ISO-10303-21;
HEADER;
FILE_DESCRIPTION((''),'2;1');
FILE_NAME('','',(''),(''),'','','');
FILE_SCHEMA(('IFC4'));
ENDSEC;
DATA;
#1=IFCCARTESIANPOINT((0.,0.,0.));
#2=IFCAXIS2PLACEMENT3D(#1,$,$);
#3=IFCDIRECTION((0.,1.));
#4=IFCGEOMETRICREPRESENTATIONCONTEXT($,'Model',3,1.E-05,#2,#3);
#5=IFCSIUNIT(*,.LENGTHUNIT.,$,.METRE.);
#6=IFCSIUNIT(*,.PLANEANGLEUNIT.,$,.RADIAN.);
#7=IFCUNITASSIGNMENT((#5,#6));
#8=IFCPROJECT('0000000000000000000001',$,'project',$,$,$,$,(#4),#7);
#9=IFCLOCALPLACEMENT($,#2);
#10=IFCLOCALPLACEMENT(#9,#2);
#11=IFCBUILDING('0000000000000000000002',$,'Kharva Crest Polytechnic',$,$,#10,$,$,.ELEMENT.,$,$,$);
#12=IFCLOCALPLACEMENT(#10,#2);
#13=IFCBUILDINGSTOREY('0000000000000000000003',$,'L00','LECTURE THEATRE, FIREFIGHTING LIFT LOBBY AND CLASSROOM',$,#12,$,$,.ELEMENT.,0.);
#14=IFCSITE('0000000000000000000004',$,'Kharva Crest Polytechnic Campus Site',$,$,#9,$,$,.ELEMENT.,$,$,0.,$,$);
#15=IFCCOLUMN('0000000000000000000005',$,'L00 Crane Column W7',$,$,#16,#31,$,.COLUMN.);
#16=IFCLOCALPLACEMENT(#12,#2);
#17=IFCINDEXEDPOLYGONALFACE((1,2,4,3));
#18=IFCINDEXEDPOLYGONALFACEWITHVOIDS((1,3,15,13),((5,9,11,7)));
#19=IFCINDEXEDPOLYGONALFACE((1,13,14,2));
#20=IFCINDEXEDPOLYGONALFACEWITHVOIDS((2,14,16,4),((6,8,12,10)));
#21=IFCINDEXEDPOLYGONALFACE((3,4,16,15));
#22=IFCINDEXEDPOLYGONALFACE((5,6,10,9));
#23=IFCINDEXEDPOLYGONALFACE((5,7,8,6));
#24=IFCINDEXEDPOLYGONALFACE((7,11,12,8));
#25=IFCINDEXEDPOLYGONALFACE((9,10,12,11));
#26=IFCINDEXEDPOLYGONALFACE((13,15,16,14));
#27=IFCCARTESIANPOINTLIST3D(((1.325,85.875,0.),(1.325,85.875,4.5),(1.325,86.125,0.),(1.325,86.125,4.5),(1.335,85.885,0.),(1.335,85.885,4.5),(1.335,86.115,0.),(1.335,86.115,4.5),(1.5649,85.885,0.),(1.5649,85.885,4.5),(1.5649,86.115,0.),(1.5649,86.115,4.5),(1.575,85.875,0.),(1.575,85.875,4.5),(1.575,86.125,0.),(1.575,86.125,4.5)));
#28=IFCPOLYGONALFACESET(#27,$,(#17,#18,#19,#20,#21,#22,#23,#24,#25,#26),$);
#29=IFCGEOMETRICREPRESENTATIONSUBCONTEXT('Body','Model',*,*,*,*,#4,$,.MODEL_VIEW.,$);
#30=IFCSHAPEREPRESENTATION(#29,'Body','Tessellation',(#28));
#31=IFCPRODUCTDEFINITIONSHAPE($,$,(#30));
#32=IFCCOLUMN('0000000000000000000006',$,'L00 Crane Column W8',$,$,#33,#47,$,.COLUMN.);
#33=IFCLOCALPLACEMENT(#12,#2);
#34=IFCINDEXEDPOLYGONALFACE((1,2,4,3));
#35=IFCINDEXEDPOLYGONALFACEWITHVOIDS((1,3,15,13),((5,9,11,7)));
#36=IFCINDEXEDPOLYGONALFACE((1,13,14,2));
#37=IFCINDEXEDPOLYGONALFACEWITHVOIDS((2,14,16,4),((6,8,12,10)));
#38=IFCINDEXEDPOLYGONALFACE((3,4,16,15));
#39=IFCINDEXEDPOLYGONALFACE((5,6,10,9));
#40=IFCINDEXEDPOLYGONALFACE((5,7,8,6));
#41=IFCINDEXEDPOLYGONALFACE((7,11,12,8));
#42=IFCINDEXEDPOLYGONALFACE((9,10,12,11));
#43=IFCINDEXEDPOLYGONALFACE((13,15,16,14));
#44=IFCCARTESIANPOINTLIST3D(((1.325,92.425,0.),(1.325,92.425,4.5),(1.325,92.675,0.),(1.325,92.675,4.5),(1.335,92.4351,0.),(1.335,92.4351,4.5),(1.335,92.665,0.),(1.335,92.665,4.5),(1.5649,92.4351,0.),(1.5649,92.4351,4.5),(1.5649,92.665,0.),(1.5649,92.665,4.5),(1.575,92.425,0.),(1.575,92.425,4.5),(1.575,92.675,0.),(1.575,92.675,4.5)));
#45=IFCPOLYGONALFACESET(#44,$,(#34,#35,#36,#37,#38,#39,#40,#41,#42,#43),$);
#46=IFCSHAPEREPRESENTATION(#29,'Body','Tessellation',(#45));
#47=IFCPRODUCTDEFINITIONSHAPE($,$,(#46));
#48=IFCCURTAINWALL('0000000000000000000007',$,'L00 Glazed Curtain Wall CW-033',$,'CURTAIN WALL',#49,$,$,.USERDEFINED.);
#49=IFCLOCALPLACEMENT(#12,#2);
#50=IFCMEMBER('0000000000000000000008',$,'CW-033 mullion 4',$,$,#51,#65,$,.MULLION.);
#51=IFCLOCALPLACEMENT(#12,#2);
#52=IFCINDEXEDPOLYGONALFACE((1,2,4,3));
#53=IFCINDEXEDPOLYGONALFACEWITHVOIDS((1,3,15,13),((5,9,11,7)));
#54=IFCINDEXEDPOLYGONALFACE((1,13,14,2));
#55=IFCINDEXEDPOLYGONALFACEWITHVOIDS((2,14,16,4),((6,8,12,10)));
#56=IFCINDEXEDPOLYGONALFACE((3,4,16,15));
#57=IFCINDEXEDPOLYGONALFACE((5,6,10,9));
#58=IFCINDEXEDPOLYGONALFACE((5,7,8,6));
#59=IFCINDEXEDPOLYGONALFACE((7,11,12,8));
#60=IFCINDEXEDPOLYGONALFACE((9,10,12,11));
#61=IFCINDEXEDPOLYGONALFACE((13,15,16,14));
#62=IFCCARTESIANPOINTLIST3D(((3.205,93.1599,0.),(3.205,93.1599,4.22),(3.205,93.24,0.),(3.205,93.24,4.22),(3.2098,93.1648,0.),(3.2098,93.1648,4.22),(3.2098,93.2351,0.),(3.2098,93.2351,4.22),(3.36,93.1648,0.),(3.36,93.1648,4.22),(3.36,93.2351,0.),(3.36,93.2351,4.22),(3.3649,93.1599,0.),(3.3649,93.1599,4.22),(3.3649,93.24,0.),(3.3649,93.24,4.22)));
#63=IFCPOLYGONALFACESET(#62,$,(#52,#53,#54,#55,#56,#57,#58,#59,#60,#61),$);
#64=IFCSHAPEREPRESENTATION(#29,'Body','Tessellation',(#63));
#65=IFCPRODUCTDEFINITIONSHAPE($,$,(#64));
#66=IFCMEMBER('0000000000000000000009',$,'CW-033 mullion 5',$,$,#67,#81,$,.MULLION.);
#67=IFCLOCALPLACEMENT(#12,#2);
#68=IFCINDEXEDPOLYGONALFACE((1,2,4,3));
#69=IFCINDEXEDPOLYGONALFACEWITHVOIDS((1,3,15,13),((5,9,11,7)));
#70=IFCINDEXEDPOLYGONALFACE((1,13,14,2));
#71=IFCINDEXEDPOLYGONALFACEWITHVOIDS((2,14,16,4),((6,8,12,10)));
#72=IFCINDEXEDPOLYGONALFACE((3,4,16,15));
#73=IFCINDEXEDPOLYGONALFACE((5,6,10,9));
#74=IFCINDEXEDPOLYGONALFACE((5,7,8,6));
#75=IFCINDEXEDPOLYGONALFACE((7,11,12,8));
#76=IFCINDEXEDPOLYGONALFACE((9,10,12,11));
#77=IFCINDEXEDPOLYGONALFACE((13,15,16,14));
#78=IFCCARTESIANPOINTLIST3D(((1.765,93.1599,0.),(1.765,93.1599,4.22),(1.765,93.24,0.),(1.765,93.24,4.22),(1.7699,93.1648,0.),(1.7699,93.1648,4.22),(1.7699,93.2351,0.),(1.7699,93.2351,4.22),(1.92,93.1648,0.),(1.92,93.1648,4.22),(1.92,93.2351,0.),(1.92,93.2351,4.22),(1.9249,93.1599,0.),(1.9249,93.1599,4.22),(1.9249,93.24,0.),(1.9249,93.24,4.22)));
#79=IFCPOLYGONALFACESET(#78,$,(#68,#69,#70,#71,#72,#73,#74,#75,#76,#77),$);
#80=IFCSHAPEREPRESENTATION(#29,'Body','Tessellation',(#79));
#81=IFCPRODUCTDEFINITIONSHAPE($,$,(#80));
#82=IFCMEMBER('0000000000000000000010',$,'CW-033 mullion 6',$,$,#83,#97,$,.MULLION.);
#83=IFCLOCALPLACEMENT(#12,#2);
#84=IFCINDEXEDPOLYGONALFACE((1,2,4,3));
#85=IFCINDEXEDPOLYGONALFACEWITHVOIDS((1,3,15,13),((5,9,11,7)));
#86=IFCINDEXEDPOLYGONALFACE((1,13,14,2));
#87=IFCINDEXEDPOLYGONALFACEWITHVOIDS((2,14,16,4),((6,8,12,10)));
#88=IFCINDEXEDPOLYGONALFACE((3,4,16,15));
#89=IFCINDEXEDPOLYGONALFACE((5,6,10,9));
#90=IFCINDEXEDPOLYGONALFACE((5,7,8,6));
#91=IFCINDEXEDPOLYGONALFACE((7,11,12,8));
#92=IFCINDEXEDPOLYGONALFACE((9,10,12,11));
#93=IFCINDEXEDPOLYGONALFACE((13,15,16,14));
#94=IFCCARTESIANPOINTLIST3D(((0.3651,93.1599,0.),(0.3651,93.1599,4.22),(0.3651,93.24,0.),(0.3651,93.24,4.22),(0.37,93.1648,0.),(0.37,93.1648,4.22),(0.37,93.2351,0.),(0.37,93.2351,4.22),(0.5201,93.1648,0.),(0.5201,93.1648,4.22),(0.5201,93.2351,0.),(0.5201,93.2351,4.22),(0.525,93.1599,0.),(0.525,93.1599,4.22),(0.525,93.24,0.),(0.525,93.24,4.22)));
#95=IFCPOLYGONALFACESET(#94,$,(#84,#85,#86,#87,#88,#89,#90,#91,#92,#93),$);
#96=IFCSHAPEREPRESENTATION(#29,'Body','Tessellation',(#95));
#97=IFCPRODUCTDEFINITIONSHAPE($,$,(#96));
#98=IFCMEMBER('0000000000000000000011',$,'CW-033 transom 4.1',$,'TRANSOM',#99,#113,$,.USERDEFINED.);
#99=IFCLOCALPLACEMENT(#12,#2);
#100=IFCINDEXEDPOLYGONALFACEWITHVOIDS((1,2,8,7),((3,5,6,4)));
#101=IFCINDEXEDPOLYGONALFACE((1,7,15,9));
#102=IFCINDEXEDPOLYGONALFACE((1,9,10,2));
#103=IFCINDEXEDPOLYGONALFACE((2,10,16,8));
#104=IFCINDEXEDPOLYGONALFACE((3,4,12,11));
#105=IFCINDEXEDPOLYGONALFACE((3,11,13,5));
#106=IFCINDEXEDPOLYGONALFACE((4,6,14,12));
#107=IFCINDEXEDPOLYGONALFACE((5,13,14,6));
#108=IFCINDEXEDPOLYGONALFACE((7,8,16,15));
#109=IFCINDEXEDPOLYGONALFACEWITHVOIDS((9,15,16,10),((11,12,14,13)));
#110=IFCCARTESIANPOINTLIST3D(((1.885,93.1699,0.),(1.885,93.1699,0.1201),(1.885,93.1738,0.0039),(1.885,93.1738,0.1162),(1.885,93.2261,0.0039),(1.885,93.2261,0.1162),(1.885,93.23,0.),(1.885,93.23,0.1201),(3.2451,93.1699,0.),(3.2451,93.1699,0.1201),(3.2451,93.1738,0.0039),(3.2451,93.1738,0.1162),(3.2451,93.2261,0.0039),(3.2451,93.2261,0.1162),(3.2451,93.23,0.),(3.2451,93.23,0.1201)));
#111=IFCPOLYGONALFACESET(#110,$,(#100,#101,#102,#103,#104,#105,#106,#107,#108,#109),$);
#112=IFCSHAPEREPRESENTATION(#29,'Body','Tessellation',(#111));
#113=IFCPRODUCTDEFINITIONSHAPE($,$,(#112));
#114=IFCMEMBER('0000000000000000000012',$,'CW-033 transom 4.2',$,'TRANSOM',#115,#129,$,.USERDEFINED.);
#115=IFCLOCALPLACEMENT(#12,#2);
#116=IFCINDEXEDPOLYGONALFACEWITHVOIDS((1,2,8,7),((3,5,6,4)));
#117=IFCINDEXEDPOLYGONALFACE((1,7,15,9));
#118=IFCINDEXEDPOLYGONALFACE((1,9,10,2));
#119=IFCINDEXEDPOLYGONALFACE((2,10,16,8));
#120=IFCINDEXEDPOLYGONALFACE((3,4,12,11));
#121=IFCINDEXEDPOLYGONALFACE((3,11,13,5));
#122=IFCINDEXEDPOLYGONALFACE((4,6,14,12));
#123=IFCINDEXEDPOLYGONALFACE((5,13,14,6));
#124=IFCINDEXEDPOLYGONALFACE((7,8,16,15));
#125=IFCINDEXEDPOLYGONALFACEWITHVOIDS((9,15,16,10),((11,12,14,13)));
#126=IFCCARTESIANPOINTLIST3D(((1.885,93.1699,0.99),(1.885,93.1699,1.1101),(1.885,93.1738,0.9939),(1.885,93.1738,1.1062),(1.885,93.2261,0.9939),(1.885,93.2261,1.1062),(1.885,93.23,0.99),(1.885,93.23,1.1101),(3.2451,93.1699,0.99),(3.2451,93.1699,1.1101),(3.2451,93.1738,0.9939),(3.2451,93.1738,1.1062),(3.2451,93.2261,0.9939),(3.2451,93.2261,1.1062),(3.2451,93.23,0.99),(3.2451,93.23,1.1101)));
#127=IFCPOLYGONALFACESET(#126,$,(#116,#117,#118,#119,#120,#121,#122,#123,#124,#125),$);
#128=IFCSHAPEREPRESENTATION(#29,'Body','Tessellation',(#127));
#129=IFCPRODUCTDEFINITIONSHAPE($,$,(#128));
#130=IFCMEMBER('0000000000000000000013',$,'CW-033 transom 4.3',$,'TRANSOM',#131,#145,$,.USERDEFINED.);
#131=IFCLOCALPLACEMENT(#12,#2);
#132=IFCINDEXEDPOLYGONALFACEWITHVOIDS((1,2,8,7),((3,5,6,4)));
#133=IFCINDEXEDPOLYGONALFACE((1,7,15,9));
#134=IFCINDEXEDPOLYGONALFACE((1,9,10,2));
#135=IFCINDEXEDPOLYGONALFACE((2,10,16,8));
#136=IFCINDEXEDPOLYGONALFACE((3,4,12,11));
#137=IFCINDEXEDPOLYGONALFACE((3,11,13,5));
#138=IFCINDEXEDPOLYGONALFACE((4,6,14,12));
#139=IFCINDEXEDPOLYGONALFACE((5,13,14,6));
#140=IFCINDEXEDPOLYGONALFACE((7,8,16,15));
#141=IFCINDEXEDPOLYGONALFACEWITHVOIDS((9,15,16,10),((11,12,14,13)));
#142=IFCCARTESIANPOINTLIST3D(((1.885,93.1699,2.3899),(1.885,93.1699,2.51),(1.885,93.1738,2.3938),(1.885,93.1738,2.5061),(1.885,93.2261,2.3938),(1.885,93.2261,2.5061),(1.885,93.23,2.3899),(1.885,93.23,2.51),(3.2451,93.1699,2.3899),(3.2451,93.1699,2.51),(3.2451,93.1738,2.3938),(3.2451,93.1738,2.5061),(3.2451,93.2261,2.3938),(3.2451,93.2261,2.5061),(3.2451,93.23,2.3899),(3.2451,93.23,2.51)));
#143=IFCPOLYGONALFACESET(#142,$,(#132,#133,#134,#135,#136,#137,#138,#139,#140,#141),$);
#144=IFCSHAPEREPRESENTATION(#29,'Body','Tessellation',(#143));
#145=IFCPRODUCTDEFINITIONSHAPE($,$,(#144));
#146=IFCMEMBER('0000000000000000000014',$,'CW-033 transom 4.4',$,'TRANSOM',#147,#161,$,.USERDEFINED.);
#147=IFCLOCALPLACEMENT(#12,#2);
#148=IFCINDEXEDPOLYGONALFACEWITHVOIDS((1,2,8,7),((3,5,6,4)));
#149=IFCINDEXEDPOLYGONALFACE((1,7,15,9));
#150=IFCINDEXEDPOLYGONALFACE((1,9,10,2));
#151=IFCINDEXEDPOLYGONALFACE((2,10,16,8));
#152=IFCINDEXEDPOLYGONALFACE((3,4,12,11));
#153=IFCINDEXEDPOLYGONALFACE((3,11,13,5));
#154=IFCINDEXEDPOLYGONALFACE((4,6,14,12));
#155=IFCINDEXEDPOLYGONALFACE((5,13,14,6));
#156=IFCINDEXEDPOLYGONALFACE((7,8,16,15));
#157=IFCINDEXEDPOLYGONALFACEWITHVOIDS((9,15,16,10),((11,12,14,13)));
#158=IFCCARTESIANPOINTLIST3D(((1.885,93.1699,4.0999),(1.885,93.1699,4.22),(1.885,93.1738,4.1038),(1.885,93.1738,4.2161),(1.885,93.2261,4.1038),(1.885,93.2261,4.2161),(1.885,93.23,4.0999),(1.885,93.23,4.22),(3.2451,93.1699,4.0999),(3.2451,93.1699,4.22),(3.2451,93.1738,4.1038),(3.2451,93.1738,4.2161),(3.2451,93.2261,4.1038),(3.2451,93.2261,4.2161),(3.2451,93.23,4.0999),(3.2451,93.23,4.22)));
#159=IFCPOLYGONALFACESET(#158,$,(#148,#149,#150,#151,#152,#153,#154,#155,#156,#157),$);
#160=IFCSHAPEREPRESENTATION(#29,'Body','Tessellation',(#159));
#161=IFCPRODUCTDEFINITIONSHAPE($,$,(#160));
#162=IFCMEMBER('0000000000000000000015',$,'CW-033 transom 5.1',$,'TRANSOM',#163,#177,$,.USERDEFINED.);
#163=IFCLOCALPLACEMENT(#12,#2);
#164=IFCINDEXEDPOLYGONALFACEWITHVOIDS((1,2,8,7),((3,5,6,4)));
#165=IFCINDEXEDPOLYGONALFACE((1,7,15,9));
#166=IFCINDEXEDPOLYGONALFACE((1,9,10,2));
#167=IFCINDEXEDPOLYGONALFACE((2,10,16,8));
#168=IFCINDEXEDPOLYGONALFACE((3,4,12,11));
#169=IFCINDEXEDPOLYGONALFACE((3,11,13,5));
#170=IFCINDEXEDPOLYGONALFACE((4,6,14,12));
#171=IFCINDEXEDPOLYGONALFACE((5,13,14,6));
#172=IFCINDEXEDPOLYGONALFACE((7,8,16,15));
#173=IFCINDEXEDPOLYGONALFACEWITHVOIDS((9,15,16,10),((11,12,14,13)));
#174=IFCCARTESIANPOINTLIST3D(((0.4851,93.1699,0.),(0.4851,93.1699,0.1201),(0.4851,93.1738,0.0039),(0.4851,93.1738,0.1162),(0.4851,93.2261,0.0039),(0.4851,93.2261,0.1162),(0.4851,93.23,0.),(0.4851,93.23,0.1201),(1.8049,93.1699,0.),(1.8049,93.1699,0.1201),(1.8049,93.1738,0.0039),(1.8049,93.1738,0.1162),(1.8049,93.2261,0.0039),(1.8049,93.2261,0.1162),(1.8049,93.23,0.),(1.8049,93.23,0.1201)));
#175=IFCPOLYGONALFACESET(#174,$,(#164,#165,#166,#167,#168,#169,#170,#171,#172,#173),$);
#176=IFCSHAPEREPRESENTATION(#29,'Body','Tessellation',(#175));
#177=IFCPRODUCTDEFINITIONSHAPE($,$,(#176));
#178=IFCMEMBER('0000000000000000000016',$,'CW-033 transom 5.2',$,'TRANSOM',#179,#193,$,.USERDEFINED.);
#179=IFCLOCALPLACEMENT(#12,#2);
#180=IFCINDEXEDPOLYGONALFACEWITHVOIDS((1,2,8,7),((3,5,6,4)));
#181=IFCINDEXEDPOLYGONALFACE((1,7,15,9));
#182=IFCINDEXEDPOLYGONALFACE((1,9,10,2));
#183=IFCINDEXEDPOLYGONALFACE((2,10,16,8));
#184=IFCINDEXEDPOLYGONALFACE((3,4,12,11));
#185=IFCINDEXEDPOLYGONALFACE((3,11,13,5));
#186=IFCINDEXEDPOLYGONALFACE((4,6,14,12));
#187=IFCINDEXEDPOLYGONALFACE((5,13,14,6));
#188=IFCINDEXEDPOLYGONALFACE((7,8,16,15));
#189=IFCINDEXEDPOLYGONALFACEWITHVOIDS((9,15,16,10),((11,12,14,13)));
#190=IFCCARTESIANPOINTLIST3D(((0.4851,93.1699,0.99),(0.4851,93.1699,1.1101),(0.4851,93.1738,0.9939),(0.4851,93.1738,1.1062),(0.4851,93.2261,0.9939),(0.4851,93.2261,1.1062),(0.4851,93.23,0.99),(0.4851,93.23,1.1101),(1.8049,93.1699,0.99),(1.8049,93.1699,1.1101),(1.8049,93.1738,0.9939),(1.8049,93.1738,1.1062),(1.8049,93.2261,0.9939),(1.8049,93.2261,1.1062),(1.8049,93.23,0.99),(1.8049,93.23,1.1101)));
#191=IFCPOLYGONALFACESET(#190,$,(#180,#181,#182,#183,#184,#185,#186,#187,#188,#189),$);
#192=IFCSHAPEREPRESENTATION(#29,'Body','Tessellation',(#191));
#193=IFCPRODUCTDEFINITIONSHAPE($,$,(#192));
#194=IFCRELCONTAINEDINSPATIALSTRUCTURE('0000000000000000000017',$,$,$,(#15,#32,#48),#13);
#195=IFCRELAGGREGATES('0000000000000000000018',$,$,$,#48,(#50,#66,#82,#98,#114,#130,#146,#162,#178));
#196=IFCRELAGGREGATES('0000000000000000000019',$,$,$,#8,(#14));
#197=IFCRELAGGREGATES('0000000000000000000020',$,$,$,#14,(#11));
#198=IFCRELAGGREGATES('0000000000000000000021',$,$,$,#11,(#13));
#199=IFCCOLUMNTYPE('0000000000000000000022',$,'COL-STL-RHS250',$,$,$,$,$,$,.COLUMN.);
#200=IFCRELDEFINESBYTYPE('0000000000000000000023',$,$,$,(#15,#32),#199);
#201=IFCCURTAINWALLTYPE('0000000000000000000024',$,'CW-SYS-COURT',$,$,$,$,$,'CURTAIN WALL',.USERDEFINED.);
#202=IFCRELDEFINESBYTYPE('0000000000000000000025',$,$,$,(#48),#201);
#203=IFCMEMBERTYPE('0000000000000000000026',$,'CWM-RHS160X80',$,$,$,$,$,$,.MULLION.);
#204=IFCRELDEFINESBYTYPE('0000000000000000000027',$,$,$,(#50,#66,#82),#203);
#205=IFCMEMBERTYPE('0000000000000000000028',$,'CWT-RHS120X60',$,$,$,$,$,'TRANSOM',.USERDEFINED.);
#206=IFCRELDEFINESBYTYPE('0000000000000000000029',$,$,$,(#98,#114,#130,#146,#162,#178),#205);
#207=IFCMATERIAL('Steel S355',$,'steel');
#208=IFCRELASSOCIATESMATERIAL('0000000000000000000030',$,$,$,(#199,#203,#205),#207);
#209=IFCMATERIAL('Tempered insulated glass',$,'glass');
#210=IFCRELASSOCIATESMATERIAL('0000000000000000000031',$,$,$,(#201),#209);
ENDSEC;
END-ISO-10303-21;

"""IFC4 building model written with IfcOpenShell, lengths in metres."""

from ifc_helpers import new_model, si_unit, direction, frame, origin, origin_2d, place, context, subcontext, project, spatial, hollow_rectangle, extrude, material, material_profile, profile_set, type_object, element, aggregate, save


model = new_model("IFC4")

# Units and contexts
model_context = context("Model", 3, precision=1e-05, world=origin(), true_north=direction((0.0, 1.0)))
body_context = subcontext(model_context, "Body", "Model", "MODEL_VIEW")
ifc_project = project(units=[si_unit("LENGTHUNIT", "METRE"), si_unit("PLANEANGLEUNIT", "RADIAN")], contexts=[model_context])

# Site, building, storey
site_placement = place(None, origin())
site = spatial("IfcSite", under=ifc_project, at=site_placement, Name="Kharva Crest Polytechnic Campus Site", CompositionType="ELEMENT", RefElevation=0.0)
building_placement = place(site_placement, origin())
building = spatial("IfcBuilding", under=site, at=building_placement, Name="Kharva Crest Polytechnic", CompositionType="ELEMENT")
storey_placement = place(building_placement, origin())
storey = spatial("IfcBuildingStorey", under=building, at=storey_placement, Name="L00", Description="LECTURE THEATRE, FIREFIGHTING LIFT LOBBY AND CLASSROOM", CompositionType="ELEMENT", Elevation=0.0)

# Columns
ifc_material_1 = material(Name="Steel S355", Category="steel")
ifc_material_profile_1 = material_profile(ifc_material_1, hollow_rectangle(XDim=0.25, YDim=0.25, WallThickness=0.01, at=origin_2d()), Name="RHS 250X250X10.0")
ifc_profile_set_1 = profile_set([ifc_material_profile_1], Name="Steel S355")
column_type_1 = type_object("IfcColumnType", Name="COL-STL-RHS250", PredefinedType="COLUMN", material=ifc_profile_set_1)
for number, where, z_axis, x_axis, name in (
    (1, (1.45, 86.0, 0.0), (0.0, 0.0, 1.0), (1.0, 0.0, 0.0), "L00 Crane Column W7"),
    (2, (1.45, 92.55, 0.0), (0.0, 0.0, 1.0), (1.0, 0.0, 0.0), "L00 Crane Column W8"),
):
    element("IfcColumn", number, at=place(storey_placement, frame(where, z_axis=z_axis, x_axis=x_axis)), inside=storey, type_object=column_type_1, Name=name, PredefinedType="COLUMN", context=body_context, shape_type="SweptSolid", body=[
        extrude(hollow_rectangle(XDim=0.25, YDim=0.25, WallThickness=0.01, at=origin_2d()), origin(), (0.0, 0.0, 1.0), 4.5),
    ])

# Curtain wall, members
ifc_material_2 = material(Name="Tempered insulated glass", Category="glass")
curtain_wall_type = type_object("IfcCurtainWallType", Name="CW-SYS-COURT", ElementType="CURTAIN WALL", PredefinedType="USERDEFINED", material=ifc_material_2)
curtain_wall_placement = place(storey_placement, origin())
curtain_wall = element("IfcCurtainWall", 3, at=curtain_wall_placement, inside=storey, type_object=curtain_wall_type, Name="L00 Glazed Curtain Wall CW-033", ObjectType="CURTAIN WALL", PredefinedType="USERDEFINED")
ifc_material_profile_2 = material_profile(ifc_material_1, hollow_rectangle(XDim=0.0801, YDim=0.1599, WallThickness=0.0049, at=origin_2d()), Name="RHS 160X80X5.0")
ifc_profile_set_2 = profile_set([ifc_material_profile_2], Name="Steel S355")
member_type_1 = type_object("IfcMemberType", Name="CWM-RHS160X80", PredefinedType="MULLION", material=ifc_profile_set_2)
member_1_placement = place(storey_placement, frame((3.2849, 93.2, 0.0), z_axis=(0.0, 0.0, 1.0), x_axis=(0.0, -1.0, 0.0)))
member_1 = element("IfcMember", 4, at=member_1_placement, type_object=member_type_1, Name="CW-033 mullion 4", PredefinedType="MULLION", context=body_context, shape_type="SweptSolid", body=[
    extrude(hollow_rectangle(XDim=0.0801, YDim=0.1599, WallThickness=0.0049, at=origin_2d()), origin(), (0.0, 0.0, 1.0), 4.22),
])
member_2_placement = place(storey_placement, frame((1.845, 93.2, 0.0), z_axis=(0.0, 0.0, 1.0), x_axis=(0.0, -1.0, 0.0)))
member_2 = element("IfcMember", 5, at=member_2_placement, type_object=member_type_1, Name="CW-033 mullion 5", PredefinedType="MULLION", context=body_context, shape_type="SweptSolid", body=[
    extrude(hollow_rectangle(XDim=0.0801, YDim=0.1599, WallThickness=0.0049, at=origin_2d()), origin(), (0.0, 0.0, 1.0), 4.22),
])
member_3_placement = place(storey_placement, frame((0.4451, 93.2, 0.0), z_axis=(0.0, 0.0, 1.0), x_axis=(0.0, -1.0, 0.0)))
member_3 = element("IfcMember", 6, at=member_3_placement, type_object=member_type_1, Name="CW-033 mullion 6", PredefinedType="MULLION", context=body_context, shape_type="SweptSolid", body=[
    extrude(hollow_rectangle(XDim=0.0801, YDim=0.1599, WallThickness=0.0049, at=origin_2d()), origin(), (0.0, 0.0, 1.0), 4.22),
])
ifc_material_profile_3 = material_profile(ifc_material_1, hollow_rectangle(XDim=0.0601, YDim=0.1201, WallThickness=0.0039, at=origin_2d()), Name="RHS 120X60X4.0")
ifc_profile_set_3 = profile_set([ifc_material_profile_3], Name="Steel S355")
member_type_2 = type_object("IfcMemberType", Name="CWT-RHS120X60", ElementType="TRANSOM", PredefinedType="USERDEFINED", material=ifc_profile_set_3)
member_4_placement = place(storey_placement, frame((3.2451, 93.2, 0.0601), z_axis=(-1.0, 0.0, 0.0), x_axis=(0.0, -1.0, 0.0)))
member_4 = element("IfcMember", 7, at=member_4_placement, type_object=member_type_2, Name="CW-033 transom 4.1", ObjectType="TRANSOM", PredefinedType="USERDEFINED", context=body_context, shape_type="SweptSolid", body=[
    extrude(hollow_rectangle(XDim=0.0601, YDim=0.1201, WallThickness=0.0039, at=origin_2d()), origin(), (0.0, 0.0, 1.0), 1.3601),
])
member_5_placement = place(storey_placement, frame((3.2451, 93.2, 1.05), z_axis=(-1.0, 0.0, 0.0), x_axis=(0.0, -1.0, 0.0)))
member_5 = element("IfcMember", 8, at=member_5_placement, type_object=member_type_2, Name="CW-033 transom 4.2", ObjectType="TRANSOM", PredefinedType="USERDEFINED", context=body_context, shape_type="SweptSolid", body=[
    extrude(hollow_rectangle(XDim=0.0601, YDim=0.1201, WallThickness=0.0039, at=origin_2d()), origin(), (0.0, 0.0, 1.0), 1.3601),
])
member_6_placement = place(storey_placement, frame((3.2451, 93.2, 2.45), z_axis=(-1.0, 0.0, 0.0), x_axis=(0.0, -1.0, 0.0)))
member_6 = element("IfcMember", 9, at=member_6_placement, type_object=member_type_2, Name="CW-033 transom 4.3", ObjectType="TRANSOM", PredefinedType="USERDEFINED", context=body_context, shape_type="SweptSolid", body=[
    extrude(hollow_rectangle(XDim=0.0601, YDim=0.1201, WallThickness=0.0039, at=origin_2d()), origin(), (0.0, 0.0, 1.0), 1.3601),
])
member_7_placement = place(storey_placement, frame((3.2451, 93.2, 4.1599), z_axis=(-1.0, 0.0, 0.0), x_axis=(0.0, -1.0, 0.0)))
member_7 = element("IfcMember", 10, at=member_7_placement, type_object=member_type_2, Name="CW-033 transom 4.4", ObjectType="TRANSOM", PredefinedType="USERDEFINED", context=body_context, shape_type="SweptSolid", body=[
    extrude(hollow_rectangle(XDim=0.0601, YDim=0.1201, WallThickness=0.0039, at=origin_2d()), origin(), (0.0, 0.0, 1.0), 1.3601),
])
member_8_placement = place(storey_placement, frame((1.8049, 93.2, 0.0601), z_axis=(-1.0, 0.0, 0.0), x_axis=(0.0, -1.0, 0.0)))
member_8 = element("IfcMember", 11, at=member_8_placement, type_object=member_type_2, Name="CW-033 transom 5.1", ObjectType="TRANSOM", PredefinedType="USERDEFINED", context=body_context, shape_type="SweptSolid", body=[
    extrude(hollow_rectangle(XDim=0.0601, YDim=0.1201, WallThickness=0.0039, at=origin_2d()), origin(), (0.0, 0.0, 1.0), 1.3198),
])
member_9_placement = place(storey_placement, frame((1.8049, 93.2, 1.05), z_axis=(-1.0, 0.0, 0.0), x_axis=(0.0, -1.0, 0.0)))
member_9 = element("IfcMember", 12, at=member_9_placement, type_object=member_type_2, Name="CW-033 transom 5.2", ObjectType="TRANSOM", PredefinedType="USERDEFINED", context=body_context, shape_type="SweptSolid", body=[
    extrude(hollow_rectangle(XDim=0.0601, YDim=0.1201, WallThickness=0.0039, at=origin_2d()), origin(), (0.0, 0.0, 1.0), 1.3198),
])
aggregate(curtain_wall, [member_1, member_2, member_3, member_4, member_5, member_6, member_7, member_8, member_9])

save(model, "model.ifc")
